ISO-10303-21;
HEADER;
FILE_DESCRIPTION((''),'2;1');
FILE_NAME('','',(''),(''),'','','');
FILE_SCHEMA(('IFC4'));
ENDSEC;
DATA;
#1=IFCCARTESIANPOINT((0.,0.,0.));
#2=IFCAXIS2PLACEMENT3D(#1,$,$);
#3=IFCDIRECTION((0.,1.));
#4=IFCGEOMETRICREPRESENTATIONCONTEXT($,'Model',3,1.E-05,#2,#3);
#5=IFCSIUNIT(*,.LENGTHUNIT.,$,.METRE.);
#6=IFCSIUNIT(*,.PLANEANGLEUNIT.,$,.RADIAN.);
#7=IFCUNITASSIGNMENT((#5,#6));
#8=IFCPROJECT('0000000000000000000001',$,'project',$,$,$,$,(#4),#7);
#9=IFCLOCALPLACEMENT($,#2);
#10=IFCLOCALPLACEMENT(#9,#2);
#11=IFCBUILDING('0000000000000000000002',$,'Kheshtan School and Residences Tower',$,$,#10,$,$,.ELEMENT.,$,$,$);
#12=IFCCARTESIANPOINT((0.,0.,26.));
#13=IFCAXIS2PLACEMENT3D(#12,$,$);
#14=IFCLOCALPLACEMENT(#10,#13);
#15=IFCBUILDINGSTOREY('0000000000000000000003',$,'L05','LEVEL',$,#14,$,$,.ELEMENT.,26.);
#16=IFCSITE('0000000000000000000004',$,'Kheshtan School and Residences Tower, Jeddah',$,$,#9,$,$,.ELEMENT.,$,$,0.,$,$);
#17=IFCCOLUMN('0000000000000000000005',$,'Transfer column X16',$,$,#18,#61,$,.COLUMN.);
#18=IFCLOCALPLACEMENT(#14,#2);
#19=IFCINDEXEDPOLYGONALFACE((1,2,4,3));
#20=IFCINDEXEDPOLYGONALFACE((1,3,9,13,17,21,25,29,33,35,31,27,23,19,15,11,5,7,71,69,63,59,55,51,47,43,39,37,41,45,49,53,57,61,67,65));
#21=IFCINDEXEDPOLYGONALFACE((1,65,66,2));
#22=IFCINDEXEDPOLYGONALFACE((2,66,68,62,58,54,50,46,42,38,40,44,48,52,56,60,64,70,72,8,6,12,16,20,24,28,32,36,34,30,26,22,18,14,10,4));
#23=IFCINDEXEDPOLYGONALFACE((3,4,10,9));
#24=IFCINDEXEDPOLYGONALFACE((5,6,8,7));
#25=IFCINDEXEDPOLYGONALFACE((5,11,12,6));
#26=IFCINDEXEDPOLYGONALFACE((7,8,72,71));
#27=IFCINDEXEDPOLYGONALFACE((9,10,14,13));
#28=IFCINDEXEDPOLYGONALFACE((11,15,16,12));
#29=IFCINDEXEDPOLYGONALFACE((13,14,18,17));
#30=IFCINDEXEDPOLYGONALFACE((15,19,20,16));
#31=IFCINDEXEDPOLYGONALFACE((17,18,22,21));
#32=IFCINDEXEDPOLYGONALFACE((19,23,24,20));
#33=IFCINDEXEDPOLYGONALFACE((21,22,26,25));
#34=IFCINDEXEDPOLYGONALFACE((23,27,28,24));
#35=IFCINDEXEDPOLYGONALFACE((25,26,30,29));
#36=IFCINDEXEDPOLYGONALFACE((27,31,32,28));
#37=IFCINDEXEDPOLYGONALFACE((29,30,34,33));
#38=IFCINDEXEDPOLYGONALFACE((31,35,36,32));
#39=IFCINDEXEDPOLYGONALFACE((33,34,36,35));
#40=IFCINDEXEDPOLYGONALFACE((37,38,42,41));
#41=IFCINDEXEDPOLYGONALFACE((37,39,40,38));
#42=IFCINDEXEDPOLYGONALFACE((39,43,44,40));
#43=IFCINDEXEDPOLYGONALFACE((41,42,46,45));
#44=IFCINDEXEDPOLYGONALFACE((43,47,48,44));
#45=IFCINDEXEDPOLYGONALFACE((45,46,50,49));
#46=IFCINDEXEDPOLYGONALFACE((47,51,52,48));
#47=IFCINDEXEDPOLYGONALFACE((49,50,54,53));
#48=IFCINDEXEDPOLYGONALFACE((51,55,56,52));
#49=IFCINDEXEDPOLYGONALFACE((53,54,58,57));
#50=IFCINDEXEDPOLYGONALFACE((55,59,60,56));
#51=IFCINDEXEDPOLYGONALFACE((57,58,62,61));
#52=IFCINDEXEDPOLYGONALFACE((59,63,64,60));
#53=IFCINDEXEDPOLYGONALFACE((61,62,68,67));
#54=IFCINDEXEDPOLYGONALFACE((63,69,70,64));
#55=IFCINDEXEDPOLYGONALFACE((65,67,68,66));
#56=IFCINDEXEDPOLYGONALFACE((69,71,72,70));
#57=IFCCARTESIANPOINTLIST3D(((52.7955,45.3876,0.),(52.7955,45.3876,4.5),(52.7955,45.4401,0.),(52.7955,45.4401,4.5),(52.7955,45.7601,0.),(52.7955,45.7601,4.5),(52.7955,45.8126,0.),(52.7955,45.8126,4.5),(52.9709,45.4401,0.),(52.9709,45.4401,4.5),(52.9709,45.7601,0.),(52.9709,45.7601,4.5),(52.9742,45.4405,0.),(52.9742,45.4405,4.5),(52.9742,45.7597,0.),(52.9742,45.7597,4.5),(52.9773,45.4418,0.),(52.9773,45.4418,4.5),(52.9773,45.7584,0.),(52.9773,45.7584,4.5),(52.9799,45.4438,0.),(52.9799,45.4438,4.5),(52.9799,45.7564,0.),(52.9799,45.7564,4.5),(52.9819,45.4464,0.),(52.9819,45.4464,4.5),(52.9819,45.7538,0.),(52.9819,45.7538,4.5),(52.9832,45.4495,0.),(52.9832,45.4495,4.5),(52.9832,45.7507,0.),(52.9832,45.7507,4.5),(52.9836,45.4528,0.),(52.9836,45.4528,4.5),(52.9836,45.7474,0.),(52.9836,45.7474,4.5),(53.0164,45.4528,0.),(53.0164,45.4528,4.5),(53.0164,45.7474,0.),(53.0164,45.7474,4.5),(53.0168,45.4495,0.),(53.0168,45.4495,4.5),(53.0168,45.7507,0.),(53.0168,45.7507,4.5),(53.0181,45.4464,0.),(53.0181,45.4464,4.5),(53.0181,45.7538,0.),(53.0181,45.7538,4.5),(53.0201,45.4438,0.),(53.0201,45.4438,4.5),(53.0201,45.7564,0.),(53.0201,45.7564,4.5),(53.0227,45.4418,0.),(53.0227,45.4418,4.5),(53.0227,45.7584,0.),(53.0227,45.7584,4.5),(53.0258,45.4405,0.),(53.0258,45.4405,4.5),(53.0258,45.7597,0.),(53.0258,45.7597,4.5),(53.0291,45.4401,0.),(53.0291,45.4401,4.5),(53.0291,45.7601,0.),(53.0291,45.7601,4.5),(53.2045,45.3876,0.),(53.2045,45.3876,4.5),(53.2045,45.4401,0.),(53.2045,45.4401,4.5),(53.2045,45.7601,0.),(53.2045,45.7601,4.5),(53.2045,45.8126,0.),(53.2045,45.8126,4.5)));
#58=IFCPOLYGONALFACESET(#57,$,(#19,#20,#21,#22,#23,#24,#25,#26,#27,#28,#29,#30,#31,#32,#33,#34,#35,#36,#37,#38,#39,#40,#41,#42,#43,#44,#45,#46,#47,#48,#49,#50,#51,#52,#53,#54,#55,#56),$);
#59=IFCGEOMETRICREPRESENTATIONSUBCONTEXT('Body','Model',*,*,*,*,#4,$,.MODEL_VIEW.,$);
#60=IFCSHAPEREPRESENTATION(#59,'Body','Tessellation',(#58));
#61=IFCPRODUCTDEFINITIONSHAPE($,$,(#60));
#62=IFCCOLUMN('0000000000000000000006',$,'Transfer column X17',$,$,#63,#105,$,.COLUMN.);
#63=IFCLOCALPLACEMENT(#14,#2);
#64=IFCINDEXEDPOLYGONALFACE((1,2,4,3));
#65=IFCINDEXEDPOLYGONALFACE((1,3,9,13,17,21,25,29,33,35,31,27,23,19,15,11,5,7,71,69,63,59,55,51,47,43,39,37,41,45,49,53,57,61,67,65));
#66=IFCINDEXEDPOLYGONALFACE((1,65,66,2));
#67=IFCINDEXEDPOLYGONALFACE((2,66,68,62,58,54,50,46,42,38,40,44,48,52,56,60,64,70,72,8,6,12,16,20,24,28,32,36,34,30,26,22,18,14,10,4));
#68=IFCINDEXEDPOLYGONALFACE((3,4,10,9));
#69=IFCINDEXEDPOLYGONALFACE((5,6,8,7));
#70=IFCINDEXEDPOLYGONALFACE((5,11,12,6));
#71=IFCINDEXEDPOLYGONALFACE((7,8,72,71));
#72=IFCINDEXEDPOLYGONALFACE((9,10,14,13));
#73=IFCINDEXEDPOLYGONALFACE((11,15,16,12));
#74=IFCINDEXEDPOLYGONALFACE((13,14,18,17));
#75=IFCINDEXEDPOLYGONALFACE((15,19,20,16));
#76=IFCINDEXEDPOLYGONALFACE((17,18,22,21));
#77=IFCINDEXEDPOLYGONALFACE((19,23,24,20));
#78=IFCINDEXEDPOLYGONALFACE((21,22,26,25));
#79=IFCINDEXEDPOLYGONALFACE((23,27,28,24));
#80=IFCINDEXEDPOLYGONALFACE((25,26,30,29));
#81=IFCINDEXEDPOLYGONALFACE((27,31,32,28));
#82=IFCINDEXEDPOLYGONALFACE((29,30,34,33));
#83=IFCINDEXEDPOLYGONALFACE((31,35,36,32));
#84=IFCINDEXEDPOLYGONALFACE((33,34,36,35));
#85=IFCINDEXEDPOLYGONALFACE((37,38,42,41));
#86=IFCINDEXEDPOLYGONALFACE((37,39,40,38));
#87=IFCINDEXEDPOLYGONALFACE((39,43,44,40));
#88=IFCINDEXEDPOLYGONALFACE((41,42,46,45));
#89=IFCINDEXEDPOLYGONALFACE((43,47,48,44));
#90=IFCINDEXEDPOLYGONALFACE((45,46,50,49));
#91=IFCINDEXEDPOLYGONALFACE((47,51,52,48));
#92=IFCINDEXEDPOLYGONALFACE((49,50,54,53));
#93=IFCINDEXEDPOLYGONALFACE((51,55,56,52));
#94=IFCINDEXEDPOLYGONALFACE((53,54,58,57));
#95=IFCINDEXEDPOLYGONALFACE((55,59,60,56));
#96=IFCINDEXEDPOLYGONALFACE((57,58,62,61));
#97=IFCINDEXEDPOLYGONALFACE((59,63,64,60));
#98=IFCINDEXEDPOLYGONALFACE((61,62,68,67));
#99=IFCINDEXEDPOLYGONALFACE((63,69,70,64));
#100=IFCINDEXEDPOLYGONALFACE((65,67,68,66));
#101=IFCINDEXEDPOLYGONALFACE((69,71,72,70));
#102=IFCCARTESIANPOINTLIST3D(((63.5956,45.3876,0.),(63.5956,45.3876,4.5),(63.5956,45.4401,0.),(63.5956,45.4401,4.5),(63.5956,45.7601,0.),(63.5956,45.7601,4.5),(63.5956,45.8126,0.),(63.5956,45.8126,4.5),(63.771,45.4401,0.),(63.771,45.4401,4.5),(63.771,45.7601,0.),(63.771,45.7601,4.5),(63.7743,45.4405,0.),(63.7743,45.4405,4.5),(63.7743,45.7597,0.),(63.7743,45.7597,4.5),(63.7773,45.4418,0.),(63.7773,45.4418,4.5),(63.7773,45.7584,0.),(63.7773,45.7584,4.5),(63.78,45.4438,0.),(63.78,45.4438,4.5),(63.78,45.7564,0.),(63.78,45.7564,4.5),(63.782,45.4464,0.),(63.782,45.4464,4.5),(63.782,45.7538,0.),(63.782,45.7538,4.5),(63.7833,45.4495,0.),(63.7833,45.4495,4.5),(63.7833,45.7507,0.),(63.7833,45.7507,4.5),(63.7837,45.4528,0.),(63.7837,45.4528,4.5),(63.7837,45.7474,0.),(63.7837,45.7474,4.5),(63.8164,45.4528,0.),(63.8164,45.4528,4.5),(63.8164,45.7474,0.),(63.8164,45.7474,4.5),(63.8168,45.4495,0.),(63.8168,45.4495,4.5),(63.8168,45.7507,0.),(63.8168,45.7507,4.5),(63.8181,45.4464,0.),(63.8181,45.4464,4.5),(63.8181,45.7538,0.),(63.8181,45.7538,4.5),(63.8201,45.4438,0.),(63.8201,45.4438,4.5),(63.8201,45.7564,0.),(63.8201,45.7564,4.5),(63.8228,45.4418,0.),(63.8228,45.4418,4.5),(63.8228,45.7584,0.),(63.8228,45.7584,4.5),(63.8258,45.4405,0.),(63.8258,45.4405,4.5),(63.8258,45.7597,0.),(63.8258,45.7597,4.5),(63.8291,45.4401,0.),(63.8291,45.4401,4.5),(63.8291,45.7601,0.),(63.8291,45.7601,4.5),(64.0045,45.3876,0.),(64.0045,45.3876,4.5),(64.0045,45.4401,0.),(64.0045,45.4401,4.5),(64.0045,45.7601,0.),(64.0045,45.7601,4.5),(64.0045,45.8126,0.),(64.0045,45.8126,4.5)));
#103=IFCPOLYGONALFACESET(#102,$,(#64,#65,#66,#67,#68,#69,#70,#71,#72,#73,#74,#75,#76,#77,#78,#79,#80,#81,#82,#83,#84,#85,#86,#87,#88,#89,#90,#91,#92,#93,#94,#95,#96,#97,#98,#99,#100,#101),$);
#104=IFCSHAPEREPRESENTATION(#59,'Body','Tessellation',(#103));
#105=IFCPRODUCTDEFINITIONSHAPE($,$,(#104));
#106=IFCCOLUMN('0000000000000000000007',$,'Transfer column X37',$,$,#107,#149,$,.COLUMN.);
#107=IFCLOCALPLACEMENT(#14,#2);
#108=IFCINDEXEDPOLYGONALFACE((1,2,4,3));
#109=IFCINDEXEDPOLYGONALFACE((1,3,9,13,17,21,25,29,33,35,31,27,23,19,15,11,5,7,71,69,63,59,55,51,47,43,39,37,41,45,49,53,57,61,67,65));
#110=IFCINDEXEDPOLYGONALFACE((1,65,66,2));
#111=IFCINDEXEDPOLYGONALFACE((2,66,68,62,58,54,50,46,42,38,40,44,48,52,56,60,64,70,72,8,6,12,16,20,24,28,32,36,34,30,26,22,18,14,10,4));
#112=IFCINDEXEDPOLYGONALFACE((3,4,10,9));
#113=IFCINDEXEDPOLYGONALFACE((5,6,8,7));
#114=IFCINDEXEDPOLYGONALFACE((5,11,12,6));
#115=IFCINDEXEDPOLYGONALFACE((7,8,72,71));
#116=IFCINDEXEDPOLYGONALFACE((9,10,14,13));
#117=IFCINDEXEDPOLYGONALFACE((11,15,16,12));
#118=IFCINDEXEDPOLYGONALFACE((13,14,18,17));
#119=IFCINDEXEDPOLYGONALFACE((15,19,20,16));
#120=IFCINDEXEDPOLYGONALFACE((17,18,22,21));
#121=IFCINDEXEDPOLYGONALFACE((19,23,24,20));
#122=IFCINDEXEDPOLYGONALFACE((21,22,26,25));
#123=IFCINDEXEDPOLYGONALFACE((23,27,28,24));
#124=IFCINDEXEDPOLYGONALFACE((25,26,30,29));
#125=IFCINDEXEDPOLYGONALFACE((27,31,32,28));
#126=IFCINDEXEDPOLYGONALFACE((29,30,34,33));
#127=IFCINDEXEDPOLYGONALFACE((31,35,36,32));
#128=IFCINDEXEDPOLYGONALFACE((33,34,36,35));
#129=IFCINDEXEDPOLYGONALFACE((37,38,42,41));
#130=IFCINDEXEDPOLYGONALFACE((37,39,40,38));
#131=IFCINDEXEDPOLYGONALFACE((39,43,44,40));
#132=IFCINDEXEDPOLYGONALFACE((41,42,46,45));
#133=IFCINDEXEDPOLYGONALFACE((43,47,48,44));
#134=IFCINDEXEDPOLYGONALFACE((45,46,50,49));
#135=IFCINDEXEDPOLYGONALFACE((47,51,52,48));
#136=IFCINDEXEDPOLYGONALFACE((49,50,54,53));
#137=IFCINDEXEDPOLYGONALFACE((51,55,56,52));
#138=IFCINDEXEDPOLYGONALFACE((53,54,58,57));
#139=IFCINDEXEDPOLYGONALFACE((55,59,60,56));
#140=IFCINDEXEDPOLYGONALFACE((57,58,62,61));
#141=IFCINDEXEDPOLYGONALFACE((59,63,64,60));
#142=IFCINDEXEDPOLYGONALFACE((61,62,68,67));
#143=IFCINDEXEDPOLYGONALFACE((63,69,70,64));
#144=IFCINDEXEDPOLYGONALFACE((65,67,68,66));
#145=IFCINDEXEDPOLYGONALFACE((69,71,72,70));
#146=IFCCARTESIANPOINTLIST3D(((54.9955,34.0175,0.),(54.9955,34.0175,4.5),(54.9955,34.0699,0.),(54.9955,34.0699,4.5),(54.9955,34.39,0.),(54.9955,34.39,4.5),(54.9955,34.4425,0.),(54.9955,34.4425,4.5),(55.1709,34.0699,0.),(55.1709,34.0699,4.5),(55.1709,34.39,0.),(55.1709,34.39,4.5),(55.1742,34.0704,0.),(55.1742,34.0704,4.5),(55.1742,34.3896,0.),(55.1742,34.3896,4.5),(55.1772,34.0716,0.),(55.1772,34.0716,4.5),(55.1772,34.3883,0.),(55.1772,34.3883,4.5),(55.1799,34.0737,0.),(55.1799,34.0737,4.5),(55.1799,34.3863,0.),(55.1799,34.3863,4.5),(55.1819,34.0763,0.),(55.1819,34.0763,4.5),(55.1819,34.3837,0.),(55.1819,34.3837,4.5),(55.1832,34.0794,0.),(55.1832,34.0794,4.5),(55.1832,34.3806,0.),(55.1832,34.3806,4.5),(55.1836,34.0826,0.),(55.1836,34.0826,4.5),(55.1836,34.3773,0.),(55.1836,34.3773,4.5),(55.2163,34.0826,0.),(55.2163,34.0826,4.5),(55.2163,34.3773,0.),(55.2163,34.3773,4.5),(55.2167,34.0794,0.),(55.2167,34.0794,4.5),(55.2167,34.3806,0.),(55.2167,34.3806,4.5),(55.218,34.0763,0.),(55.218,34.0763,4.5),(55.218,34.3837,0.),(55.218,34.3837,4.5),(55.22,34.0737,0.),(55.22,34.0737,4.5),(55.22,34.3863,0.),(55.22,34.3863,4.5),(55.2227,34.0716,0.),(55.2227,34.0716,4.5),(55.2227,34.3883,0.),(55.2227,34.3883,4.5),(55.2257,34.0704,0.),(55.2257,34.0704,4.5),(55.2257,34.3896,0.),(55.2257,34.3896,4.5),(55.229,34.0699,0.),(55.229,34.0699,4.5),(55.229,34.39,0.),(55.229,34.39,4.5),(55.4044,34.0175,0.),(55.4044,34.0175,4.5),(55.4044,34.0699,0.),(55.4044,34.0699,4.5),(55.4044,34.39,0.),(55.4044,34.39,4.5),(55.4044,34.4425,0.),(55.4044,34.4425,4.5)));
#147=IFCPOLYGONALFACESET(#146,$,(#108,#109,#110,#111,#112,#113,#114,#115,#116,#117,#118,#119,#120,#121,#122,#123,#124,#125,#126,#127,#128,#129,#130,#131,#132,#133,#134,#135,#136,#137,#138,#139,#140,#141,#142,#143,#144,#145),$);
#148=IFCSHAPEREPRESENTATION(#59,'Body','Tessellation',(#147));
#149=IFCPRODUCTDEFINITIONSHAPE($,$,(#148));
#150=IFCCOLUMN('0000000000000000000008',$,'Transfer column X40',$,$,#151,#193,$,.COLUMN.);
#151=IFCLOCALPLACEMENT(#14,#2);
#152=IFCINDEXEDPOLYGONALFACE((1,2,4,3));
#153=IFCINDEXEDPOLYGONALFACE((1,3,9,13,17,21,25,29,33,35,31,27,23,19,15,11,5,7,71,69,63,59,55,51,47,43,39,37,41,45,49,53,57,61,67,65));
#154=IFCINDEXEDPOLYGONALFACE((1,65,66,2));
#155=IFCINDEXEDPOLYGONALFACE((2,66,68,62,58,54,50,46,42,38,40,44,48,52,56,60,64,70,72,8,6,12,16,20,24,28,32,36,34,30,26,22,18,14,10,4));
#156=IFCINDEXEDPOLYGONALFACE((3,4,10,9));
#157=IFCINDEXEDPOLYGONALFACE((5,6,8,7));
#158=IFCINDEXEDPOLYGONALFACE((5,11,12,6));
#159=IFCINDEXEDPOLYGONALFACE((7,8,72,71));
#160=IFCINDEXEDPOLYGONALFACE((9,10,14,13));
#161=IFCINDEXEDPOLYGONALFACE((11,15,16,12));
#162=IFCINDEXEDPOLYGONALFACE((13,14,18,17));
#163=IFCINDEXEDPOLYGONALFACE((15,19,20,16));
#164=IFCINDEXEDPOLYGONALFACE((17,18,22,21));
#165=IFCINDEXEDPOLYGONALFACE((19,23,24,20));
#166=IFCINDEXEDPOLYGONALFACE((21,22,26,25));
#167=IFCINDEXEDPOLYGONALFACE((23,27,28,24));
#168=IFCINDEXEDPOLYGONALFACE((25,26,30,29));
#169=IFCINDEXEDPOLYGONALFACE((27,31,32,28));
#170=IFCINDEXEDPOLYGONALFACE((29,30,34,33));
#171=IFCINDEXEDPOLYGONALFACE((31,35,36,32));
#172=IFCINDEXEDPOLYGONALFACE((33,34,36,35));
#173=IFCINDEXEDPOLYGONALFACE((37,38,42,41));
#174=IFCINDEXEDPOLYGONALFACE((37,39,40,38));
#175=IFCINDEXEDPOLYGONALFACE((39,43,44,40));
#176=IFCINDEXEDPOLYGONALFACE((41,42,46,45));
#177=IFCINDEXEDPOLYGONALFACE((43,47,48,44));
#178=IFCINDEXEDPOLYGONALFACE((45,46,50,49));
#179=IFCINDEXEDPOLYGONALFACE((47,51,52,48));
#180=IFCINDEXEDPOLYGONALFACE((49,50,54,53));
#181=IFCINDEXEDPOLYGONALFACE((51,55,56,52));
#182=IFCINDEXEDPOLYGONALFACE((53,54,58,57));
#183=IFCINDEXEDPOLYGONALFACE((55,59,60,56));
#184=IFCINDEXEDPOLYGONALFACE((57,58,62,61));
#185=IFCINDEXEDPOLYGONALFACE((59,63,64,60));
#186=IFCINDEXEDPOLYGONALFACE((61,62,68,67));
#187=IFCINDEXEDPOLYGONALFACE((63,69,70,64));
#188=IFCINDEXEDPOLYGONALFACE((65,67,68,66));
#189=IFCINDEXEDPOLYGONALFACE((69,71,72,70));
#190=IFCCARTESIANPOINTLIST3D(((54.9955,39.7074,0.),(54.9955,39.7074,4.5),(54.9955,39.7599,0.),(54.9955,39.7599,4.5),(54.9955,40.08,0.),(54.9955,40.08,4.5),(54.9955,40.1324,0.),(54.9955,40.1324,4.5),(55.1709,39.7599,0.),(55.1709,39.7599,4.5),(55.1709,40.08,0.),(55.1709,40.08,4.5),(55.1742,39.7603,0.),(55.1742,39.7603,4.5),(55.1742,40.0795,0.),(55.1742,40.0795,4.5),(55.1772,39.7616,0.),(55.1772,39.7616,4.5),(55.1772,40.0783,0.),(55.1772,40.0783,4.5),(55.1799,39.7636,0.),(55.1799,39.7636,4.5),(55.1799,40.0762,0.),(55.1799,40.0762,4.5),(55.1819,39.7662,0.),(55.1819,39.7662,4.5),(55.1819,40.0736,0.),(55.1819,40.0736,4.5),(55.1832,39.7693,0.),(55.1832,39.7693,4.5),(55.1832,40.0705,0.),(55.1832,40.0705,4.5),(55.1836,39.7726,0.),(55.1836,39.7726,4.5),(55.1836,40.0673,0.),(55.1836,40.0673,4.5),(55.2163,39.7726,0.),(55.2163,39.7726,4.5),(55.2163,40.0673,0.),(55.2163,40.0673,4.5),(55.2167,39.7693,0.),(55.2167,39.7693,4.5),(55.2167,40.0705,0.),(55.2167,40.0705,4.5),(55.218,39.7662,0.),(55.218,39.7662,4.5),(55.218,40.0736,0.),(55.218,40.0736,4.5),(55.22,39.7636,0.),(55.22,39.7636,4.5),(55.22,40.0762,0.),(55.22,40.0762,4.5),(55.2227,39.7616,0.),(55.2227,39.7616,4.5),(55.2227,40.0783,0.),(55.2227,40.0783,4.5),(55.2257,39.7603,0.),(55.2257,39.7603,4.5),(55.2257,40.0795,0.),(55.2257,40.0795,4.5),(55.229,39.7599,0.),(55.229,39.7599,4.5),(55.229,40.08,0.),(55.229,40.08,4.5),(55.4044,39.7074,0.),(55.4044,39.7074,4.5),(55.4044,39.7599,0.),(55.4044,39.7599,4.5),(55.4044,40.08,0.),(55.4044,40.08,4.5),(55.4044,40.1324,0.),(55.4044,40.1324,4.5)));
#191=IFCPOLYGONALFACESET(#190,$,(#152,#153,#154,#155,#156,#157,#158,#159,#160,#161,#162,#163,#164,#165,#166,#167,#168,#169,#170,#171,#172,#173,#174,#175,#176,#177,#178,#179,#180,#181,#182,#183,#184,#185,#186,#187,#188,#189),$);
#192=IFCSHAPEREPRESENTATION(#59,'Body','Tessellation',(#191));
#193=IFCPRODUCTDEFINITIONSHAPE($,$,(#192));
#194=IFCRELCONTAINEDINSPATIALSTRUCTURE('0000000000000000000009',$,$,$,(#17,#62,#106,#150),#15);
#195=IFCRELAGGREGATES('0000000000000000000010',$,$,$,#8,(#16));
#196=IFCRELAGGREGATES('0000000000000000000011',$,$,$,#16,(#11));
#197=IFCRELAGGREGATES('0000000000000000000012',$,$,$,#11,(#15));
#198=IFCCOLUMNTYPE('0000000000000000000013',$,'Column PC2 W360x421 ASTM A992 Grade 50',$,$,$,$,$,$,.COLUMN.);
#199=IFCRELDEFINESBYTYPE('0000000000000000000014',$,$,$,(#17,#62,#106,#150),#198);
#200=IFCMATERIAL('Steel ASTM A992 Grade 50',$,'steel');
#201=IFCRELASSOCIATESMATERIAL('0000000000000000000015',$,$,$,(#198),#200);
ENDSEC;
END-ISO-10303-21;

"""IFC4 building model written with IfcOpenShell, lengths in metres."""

from ifc_helpers import new_model, si_unit, direction, frame, origin, origin_2d, place, context, subcontext, project, spatial, i_section, extrude, material, material_profile, profile_set, type_object, element, save


model = new_model("IFC4")

# Units and contexts
model_context = context("Model", 3, precision=1e-05, world=origin(), true_north=direction((0.0, 1.0)))
body_context = subcontext(model_context, "Body", "Model", "MODEL_VIEW")
ifc_project = project(units=[si_unit("LENGTHUNIT", "METRE"), si_unit("PLANEANGLEUNIT", "RADIAN")], contexts=[model_context])

# Site, building, storey
site_placement = place(None, origin())
site = spatial("IfcSite", under=ifc_project, at=site_placement, Name="Kheshtan School and Residences Tower, Jeddah", CompositionType="ELEMENT", RefElevation=0.0)
building_placement = place(site_placement, origin())
building = spatial("IfcBuilding", under=site, at=building_placement, Name="Kheshtan School and Residences Tower", CompositionType="ELEMENT")
storey_placement = place(building_placement, frame((0.0, 0.0, 26.0)))
storey = spatial("IfcBuildingStorey", under=building, at=storey_placement, Name="L05", Description="LEVEL", CompositionType="ELEMENT", Elevation=26.0)

# Columns
ifc_material_1 = material(Name="Steel ASTM A992 Grade 50", Category="steel")
ifc_material_profile = material_profile(ifc_material_1, i_section(OverallWidth=0.4089, OverallDepth=0.425, WebThickness=0.0327, FlangeThickness=0.0525, FilletRadius=0.0127, at=origin_2d()), Name="W360x421")
ifc_profile_set = profile_set([ifc_material_profile], Name="Steel ASTM A992 Grade 50")
column_type = type_object("IfcColumnType", Name="Column PC2 W360x421 ASTM A992 Grade 50", PredefinedType="COLUMN", material=ifc_profile_set)
for number, where, z_axis, x_axis, name in (
    (1, (53.0, 45.6001, 0.0), (0.0, 0.0, 1.0), (1.0, 0.0, 0.0), "Transfer column X16"),
    (2, (63.8, 45.6001, 0.0), (0.0, 0.0, 1.0), (1.0, 0.0, 0.0), "Transfer column X17"),
    (3, (55.2, 34.23, 0.0), (0.0, 0.0, 1.0), (1.0, 0.0, 0.0), "Transfer column X37"),
    (4, (55.2, 39.9199, 0.0), (0.0, 0.0, 1.0), (1.0, 0.0, 0.0), "Transfer column X40"),
):
    element("IfcColumn", number, at=place(storey_placement, frame(where, z_axis=z_axis, x_axis=x_axis)), inside=storey, type_object=column_type, Name=name, PredefinedType="COLUMN", context=body_context, shape_type="SweptSolid", body=[
        extrude(i_section(OverallWidth=0.4089, OverallDepth=0.425, WebThickness=0.0327, FlangeThickness=0.0525, FilletRadius=0.0127, at=origin_2d()), origin(), (0.0, 0.0, 1.0), 4.5),
    ])

save(model, "model.ifc")
